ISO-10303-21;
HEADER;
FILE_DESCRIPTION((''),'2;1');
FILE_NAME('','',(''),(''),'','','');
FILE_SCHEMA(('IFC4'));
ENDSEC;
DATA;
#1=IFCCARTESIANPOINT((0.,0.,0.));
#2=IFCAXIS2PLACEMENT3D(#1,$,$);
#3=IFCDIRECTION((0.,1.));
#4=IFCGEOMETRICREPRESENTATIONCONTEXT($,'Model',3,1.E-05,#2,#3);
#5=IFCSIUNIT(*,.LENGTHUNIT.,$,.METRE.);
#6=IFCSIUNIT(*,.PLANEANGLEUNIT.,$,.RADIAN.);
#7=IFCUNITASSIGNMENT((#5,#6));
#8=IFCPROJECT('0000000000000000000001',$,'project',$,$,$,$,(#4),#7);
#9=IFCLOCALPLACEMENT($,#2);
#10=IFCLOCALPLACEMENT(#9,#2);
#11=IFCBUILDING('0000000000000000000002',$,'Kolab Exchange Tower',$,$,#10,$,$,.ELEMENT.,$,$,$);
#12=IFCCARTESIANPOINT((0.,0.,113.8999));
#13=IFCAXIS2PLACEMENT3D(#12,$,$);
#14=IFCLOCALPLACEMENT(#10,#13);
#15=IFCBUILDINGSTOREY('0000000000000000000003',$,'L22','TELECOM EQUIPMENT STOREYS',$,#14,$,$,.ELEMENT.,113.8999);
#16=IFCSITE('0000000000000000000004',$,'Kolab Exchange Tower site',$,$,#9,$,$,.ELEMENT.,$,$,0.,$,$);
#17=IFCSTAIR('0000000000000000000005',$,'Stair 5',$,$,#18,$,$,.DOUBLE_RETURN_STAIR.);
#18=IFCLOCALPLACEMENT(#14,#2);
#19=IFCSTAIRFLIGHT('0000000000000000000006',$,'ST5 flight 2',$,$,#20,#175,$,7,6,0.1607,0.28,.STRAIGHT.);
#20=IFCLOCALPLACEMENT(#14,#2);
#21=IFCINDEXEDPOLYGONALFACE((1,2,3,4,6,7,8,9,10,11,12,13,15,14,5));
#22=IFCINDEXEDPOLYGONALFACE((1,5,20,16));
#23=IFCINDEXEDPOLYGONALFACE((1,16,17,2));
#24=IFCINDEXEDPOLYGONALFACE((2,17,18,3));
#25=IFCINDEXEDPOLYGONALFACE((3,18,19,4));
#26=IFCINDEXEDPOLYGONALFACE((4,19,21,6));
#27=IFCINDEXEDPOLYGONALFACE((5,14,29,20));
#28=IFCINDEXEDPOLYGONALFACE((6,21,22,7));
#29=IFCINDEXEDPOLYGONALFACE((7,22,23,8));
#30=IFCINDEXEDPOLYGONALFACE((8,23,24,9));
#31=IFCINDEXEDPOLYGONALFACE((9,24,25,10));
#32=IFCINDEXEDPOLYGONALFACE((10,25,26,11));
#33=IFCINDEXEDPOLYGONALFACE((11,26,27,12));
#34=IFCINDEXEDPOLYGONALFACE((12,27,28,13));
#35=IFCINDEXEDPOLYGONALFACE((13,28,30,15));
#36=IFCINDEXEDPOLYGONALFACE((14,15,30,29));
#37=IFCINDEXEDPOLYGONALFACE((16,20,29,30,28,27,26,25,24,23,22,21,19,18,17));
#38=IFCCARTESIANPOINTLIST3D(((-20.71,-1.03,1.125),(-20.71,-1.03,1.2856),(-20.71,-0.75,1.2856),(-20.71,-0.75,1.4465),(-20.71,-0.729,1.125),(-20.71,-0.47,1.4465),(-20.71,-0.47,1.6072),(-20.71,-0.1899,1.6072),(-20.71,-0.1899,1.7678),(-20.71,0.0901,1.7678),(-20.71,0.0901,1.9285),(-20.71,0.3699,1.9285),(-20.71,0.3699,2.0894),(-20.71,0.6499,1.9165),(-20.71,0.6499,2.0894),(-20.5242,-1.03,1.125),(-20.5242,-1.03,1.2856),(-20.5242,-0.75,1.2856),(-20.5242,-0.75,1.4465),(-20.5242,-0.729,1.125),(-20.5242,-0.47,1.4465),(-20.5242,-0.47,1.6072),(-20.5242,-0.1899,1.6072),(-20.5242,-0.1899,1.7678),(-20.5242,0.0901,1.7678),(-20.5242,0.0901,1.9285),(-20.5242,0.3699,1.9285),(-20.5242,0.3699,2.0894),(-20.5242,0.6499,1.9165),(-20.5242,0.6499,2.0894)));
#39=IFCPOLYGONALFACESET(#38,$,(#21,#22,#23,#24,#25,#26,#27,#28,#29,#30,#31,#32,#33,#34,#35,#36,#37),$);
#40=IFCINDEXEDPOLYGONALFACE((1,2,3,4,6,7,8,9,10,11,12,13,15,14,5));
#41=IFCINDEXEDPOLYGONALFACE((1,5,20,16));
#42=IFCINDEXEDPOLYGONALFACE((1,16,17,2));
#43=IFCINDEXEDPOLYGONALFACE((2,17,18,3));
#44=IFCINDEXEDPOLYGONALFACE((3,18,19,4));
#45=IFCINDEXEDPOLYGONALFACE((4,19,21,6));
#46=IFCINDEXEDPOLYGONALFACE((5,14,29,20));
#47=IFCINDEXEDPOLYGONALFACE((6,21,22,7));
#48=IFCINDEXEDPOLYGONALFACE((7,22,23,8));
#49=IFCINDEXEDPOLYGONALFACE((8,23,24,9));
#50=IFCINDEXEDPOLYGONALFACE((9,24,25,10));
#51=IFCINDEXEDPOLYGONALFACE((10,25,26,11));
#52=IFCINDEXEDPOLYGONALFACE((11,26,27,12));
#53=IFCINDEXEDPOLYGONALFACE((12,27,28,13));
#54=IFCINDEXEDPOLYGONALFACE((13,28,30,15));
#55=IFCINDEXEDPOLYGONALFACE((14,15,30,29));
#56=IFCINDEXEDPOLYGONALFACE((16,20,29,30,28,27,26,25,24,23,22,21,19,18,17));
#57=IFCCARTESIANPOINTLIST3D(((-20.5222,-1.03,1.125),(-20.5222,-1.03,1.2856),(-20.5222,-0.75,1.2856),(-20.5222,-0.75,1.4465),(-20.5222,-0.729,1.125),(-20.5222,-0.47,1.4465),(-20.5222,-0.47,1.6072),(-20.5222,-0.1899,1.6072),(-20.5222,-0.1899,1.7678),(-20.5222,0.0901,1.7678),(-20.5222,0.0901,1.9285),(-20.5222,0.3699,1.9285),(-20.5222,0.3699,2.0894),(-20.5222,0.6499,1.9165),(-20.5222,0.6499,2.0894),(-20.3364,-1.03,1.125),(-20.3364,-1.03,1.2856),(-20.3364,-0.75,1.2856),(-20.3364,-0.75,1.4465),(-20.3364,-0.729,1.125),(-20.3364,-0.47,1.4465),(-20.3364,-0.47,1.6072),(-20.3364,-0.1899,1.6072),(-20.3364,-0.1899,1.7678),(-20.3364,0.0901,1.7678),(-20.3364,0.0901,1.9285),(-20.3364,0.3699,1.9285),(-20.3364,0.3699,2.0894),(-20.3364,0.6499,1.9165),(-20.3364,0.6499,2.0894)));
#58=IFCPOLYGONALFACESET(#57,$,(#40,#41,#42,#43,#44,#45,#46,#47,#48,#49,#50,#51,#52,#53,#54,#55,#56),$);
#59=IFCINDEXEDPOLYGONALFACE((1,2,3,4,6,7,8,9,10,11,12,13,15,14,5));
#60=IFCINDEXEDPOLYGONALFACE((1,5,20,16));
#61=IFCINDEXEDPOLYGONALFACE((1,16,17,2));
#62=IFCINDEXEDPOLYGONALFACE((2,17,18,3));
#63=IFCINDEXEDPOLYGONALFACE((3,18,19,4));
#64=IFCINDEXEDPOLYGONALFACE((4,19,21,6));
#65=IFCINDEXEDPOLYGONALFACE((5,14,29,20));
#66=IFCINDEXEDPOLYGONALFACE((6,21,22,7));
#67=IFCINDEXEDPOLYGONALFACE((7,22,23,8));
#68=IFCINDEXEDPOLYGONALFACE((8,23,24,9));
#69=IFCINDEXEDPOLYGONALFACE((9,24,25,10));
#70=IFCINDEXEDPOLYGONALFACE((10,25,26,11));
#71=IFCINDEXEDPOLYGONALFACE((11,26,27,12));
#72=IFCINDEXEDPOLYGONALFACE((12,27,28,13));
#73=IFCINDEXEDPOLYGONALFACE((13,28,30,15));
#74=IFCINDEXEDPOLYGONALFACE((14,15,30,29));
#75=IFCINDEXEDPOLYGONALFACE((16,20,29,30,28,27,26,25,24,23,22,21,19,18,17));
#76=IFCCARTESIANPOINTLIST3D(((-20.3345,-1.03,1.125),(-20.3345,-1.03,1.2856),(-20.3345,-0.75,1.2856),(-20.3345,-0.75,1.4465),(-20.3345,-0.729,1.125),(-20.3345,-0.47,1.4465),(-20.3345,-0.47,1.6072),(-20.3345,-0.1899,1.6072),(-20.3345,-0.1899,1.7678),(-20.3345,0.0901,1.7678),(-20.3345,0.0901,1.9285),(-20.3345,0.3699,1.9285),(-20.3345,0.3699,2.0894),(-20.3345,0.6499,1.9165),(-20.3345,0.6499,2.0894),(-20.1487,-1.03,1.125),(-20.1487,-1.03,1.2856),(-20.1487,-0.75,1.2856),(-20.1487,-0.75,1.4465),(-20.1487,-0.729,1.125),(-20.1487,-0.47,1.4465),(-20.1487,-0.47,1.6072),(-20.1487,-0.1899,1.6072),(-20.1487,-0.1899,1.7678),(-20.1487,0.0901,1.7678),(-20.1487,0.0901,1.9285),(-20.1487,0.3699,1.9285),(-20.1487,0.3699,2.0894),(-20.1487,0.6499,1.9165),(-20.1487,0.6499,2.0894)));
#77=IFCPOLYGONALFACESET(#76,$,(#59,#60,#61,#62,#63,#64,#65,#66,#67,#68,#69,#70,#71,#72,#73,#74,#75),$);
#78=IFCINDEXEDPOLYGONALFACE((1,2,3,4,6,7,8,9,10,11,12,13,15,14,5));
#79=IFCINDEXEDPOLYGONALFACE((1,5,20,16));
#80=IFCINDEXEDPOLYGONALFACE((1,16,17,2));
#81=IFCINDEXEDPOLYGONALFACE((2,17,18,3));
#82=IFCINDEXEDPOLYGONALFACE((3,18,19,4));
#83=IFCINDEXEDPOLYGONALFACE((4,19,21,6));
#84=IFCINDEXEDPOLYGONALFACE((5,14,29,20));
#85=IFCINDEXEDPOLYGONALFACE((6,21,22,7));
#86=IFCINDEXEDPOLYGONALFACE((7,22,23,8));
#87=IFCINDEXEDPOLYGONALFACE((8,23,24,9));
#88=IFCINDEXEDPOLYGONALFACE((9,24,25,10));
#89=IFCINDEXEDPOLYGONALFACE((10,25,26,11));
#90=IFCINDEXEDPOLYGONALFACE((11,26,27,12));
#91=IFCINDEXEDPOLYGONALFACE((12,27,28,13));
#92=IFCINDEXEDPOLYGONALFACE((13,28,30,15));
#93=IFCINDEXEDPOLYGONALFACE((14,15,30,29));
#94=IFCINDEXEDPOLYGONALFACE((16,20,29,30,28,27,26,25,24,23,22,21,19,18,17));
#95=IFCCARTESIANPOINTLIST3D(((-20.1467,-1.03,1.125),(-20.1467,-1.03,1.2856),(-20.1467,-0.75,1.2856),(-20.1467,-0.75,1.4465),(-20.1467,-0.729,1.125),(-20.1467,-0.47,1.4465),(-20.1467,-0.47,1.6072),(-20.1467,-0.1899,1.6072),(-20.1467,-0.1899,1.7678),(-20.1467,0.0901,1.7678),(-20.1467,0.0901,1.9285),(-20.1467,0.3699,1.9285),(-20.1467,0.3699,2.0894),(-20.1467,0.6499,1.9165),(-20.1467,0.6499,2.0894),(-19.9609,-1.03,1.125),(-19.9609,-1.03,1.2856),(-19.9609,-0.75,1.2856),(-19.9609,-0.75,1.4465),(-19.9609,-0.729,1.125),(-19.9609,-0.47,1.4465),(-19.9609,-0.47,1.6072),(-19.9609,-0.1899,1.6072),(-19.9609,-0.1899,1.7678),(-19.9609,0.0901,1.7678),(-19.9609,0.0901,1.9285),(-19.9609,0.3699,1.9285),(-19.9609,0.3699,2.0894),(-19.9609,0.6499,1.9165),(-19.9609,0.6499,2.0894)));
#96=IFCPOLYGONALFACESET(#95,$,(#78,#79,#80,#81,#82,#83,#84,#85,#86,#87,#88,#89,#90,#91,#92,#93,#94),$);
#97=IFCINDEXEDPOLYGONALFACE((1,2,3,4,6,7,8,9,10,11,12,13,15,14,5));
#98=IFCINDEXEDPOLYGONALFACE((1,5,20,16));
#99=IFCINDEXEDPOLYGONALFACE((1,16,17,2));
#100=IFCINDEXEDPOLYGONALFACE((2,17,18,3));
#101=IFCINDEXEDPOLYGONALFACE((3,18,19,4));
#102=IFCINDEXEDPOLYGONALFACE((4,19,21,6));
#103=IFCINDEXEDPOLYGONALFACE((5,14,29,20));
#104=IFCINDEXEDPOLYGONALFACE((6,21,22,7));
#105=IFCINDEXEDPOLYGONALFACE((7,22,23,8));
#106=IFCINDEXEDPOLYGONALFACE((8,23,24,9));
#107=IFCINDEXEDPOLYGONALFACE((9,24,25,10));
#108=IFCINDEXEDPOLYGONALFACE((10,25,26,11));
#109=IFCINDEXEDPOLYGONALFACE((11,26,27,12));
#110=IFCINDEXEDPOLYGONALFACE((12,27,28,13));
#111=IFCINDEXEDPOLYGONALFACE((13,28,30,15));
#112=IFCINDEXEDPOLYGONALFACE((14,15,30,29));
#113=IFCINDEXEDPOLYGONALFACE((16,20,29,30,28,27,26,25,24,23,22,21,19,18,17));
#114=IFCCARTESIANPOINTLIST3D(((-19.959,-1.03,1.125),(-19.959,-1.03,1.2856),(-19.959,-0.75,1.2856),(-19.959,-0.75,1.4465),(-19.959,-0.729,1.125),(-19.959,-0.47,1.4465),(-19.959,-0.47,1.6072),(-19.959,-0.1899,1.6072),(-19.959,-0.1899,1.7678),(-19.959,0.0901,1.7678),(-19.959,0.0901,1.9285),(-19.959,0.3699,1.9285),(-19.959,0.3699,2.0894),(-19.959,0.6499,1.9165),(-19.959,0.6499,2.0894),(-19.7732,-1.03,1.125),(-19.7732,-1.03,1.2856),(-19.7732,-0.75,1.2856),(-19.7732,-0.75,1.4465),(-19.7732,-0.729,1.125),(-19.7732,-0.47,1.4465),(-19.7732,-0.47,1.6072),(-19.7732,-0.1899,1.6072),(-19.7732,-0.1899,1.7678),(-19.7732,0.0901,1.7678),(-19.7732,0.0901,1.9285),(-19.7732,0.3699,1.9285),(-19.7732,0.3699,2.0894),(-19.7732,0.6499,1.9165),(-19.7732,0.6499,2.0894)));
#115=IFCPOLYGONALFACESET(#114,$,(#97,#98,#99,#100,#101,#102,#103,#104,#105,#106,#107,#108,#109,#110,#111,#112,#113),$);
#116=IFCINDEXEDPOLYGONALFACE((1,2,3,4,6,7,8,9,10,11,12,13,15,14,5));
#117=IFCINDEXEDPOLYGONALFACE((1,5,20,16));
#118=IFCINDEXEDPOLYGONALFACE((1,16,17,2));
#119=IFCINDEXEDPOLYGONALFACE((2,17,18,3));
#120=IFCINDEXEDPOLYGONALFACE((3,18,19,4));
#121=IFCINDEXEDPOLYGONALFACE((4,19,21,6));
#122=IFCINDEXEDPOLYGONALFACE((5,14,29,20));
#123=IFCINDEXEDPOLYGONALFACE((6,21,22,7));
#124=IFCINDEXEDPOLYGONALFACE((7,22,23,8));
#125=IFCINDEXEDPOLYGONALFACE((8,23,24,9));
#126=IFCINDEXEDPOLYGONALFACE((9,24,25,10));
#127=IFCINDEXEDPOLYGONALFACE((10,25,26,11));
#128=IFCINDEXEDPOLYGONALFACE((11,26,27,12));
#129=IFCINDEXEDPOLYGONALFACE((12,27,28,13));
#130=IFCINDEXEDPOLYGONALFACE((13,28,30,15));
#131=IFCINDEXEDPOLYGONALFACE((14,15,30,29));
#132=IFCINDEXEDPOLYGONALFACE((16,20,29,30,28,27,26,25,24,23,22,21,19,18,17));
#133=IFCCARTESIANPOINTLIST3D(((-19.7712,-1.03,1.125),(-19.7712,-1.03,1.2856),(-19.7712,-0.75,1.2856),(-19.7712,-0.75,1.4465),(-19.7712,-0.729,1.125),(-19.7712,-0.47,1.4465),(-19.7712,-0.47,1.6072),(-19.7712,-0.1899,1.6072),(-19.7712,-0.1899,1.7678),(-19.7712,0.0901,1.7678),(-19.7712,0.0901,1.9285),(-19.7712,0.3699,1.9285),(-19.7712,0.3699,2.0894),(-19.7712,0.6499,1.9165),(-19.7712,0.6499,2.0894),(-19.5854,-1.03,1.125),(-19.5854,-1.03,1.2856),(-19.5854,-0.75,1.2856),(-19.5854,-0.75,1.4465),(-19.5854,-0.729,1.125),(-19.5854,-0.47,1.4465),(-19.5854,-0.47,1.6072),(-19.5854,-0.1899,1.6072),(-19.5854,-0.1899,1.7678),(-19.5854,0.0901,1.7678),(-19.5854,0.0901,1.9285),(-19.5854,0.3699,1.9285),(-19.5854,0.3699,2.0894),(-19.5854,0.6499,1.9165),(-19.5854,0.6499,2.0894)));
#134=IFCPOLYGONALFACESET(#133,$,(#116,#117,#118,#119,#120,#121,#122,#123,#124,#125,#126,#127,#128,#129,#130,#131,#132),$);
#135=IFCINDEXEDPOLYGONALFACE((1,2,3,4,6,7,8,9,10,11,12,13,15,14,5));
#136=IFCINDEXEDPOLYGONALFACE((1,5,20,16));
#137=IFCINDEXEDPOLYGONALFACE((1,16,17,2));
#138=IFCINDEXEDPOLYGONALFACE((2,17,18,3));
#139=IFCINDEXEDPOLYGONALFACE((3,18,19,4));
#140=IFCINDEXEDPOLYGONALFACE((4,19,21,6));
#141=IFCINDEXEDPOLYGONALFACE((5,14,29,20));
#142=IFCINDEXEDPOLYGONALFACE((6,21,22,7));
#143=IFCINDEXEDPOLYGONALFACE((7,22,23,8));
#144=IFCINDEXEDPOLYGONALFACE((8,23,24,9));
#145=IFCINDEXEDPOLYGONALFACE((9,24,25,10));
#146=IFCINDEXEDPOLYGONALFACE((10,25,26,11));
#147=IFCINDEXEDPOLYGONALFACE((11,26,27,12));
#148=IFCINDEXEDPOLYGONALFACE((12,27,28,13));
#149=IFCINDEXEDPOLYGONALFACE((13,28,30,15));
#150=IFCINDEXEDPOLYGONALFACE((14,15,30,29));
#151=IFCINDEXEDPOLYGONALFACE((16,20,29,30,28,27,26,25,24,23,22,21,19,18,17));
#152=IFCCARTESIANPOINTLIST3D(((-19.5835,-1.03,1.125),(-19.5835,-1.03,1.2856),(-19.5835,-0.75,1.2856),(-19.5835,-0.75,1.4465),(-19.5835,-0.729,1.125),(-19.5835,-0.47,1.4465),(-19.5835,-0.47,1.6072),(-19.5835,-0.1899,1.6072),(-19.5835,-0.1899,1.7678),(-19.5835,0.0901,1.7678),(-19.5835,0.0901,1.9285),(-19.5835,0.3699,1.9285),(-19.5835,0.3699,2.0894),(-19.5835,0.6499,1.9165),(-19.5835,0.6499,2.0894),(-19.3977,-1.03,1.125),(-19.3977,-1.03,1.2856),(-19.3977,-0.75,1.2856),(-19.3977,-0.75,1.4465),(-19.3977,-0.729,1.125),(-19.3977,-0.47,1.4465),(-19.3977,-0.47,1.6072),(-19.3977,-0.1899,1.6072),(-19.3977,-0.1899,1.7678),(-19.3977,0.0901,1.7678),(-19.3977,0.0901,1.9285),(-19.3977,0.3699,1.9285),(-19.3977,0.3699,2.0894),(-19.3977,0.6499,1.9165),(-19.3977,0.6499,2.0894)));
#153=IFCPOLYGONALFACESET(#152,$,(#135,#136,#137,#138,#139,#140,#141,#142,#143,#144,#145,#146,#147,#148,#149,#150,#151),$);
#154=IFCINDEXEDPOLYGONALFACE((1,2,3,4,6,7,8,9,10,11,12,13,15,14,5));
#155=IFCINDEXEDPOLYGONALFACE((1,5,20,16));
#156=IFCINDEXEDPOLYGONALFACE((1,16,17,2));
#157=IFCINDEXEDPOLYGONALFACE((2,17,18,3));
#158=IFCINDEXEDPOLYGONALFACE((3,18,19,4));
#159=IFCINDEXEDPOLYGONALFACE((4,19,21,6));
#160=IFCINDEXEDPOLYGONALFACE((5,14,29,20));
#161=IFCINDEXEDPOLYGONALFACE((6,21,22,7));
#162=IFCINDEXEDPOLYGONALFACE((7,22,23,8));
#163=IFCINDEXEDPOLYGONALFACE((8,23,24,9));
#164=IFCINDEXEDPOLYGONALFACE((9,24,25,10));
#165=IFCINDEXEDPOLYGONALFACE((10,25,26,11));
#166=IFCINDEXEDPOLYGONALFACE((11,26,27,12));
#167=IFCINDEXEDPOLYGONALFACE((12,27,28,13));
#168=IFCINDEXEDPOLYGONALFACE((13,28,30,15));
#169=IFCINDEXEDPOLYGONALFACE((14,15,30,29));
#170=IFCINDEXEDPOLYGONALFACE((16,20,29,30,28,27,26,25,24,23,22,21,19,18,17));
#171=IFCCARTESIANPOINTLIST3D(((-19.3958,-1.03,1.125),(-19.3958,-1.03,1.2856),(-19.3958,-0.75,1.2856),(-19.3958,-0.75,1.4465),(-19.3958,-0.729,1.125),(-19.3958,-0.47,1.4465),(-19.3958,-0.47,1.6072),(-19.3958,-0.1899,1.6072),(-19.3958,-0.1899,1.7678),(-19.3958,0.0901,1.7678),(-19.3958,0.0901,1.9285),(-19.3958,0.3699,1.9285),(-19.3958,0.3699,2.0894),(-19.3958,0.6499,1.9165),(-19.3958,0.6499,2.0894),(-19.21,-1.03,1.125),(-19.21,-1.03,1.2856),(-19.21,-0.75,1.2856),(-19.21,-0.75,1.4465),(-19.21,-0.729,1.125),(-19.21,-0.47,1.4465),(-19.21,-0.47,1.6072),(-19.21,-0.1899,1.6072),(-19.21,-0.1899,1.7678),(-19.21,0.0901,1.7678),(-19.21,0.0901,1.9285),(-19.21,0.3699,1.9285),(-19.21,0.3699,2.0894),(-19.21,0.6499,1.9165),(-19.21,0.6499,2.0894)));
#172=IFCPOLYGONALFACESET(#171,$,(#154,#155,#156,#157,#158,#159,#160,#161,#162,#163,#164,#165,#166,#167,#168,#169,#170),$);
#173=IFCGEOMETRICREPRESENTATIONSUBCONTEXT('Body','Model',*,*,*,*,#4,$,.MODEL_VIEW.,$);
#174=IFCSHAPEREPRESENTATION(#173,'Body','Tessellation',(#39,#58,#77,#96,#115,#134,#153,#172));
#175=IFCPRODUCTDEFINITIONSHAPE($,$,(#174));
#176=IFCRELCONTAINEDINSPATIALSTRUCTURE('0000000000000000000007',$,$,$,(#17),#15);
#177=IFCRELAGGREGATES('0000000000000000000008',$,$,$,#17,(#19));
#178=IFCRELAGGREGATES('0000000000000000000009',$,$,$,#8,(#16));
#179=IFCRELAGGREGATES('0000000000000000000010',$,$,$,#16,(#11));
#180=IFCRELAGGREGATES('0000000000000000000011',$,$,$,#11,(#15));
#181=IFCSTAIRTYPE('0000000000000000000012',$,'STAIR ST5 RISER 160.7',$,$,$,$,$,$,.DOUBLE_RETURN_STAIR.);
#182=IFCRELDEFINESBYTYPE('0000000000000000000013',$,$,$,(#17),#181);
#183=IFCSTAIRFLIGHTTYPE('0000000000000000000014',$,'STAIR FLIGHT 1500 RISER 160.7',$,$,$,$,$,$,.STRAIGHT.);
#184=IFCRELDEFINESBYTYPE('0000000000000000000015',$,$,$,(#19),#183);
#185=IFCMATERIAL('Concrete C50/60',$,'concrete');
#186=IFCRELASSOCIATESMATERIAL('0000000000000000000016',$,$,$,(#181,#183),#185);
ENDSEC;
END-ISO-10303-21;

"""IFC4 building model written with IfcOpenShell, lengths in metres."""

from ifc_helpers import new_model, si_unit, direction, frame, origin, place, context, subcontext, project, spatial, polyline, outline, extrude, material, type_object, element, aggregate, save


model = new_model("IFC4")

# Units and contexts
model_context = context("Model", 3, precision=1e-05, world=origin(), true_north=direction((0.0, 1.0)))
body_context = subcontext(model_context, "Body", "Model", "MODEL_VIEW")
ifc_project = project(units=[si_unit("LENGTHUNIT", "METRE"), si_unit("PLANEANGLEUNIT", "RADIAN")], contexts=[model_context])

# Site, building, storey
site_placement = place(None, origin())
site = spatial("IfcSite", under=ifc_project, at=site_placement, Name="Kolab Exchange Tower site", CompositionType="ELEMENT", RefElevation=0.0)
building_placement = place(site_placement, origin())
building = spatial("IfcBuilding", under=site, at=building_placement, Name="Kolab Exchange Tower", CompositionType="ELEMENT")
storey_placement = place(building_placement, frame((0.0, 0.0, 113.8999)))
storey = spatial("IfcBuildingStorey", under=building, at=storey_placement, Name="L22", Description="TELECOM EQUIPMENT STOREYS", CompositionType="ELEMENT", Elevation=113.8999)

# Shared definitions
ifc_material_1 = material(Name="Concrete C50/60", Category="concrete")

# Stair, stair flight
stair_type = type_object("IfcStairType", Name="STAIR ST5 RISER 160.7", PredefinedType="DOUBLE_RETURN_STAIR", material=ifc_material_1)
stair_placement = place(storey_placement, origin())
stair = element("IfcStair", 1, at=stair_placement, inside=storey, type_object=stair_type, Name="Stair 5", PredefinedType="DOUBLE_RETURN_STAIR")
stair_flight_type = type_object("IfcStairFlightType", Name="STAIR FLIGHT 1500 RISER 160.7", PredefinedType="STRAIGHT", material=ifc_material_1)
stair_flight_1_placement = place(storey_placement, frame((-19.96, -1.03, 1.125), z_axis=(0.0, 0.0, 1.0), x_axis=(0.0, 1.0, 0.0)))
stair_flight_1 = element("IfcStairFlight", 2, at=stair_flight_1_placement, type_object=stair_flight_type, Name="ST5 flight 2", NumberOfRisers=7, NumberOfTreads=6, PredefinedType="STRAIGHT", RiserHeight=0.1607, TreadLength=0.28, context=body_context, shape_type="SweptSolid", body=[
    extrude(outline(polyline([(0.0, 0.0), (0.0, 0.1606), (0.28, 0.1606), (0.28, 0.3215), (0.5601, 0.3215), (0.5601, 0.4822), (0.8401, 0.4822), (0.8401, 0.6428), (1.1201, 0.6428), (1.1201, 0.8035), (1.3999, 0.8035), (1.3999, 0.9644), (1.6799, 0.9644), (1.6799, 1.125), (1.6799, 0.7915), (0.301, 0.0), (0.0, 0.0)])), frame((0.0, 0.75, 0.0), z_axis=(0.0, -1.0, 0.0), x_axis=(1.0, 0.0, 0.0)), (0.0, 0.0, 1.0), 0.1858),
    extrude(outline(polyline([(0.0, 0.0), (0.0, 0.1606), (0.28, 0.1606), (0.28, 0.3215), (0.5601, 0.3215), (0.5601, 0.4822), (0.8401, 0.4822), (0.8401, 0.6428), (1.1201, 0.6428), (1.1201, 0.8035), (1.3999, 0.8035), (1.3999, 0.9644), (1.6799, 0.9644), (1.6799, 1.125), (1.6799, 0.7915), (0.301, 0.0), (0.0, 0.0)])), frame((0.0, 0.5623, 0.0), z_axis=(0.0, -1.0, 0.0), x_axis=(1.0, 0.0, 0.0)), (0.0, 0.0, 1.0), 0.1858),
    extrude(outline(polyline([(0.0, 0.0), (0.0, 0.1606), (0.28, 0.1606), (0.28, 0.3215), (0.5601, 0.3215), (0.5601, 0.4822), (0.8401, 0.4822), (0.8401, 0.6428), (1.1201, 0.6428), (1.1201, 0.8035), (1.3999, 0.8035), (1.3999, 0.9644), (1.6799, 0.9644), (1.6799, 1.125), (1.6799, 0.7915), (0.301, 0.0), (0.0, 0.0)])), frame((0.0, 0.3745, 0.0), z_axis=(0.0, -1.0, 0.0), x_axis=(1.0, 0.0, 0.0)), (0.0, 0.0, 1.0), 0.1858),
    extrude(outline(polyline([(0.0, 0.0), (0.0, 0.1606), (0.28, 0.1606), (0.28, 0.3215), (0.5601, 0.3215), (0.5601, 0.4822), (0.8401, 0.4822), (0.8401, 0.6428), (1.1201, 0.6428), (1.1201, 0.8035), (1.3999, 0.8035), (1.3999, 0.9644), (1.6799, 0.9644), (1.6799, 1.125), (1.6799, 0.7915), (0.301, 0.0), (0.0, 0.0)])), frame((0.0, 0.1868, 0.0), z_axis=(0.0, -1.0, 0.0), x_axis=(1.0, 0.0, 0.0)), (0.0, 0.0, 1.0), 0.1858),
    extrude(outline(polyline([(0.0, 0.0), (0.0, 0.1606), (0.28, 0.1606), (0.28, 0.3215), (0.5601, 0.3215), (0.5601, 0.4822), (0.8401, 0.4822), (0.8401, 0.6428), (1.1201, 0.6428), (1.1201, 0.8035), (1.3999, 0.8035), (1.3999, 0.9644), (1.6799, 0.9644), (1.6799, 1.125), (1.6799, 0.7915), (0.301, 0.0), (0.0, 0.0)])), frame((0.0, -0.001, 0.0), z_axis=(0.0, -1.0, 0.0), x_axis=(1.0, 0.0, 0.0)), (0.0, 0.0, 1.0), 0.1858),
    extrude(outline(polyline([(0.0, 0.0), (0.0, 0.1606), (0.28, 0.1606), (0.28, 0.3215), (0.5601, 0.3215), (0.5601, 0.4822), (0.8401, 0.4822), (0.8401, 0.6428), (1.1201, 0.6428), (1.1201, 0.8035), (1.3999, 0.8035), (1.3999, 0.9644), (1.6799, 0.9644), (1.6799, 1.125), (1.6799, 0.7915), (0.301, 0.0), (0.0, 0.0)])), frame((0.0, -0.1887, 0.0), z_axis=(0.0, -1.0, 0.0), x_axis=(1.0, 0.0, 0.0)), (0.0, 0.0, 1.0), 0.1858),
    extrude(outline(polyline([(0.0, 0.0), (0.0, 0.1606), (0.28, 0.1606), (0.28, 0.3215), (0.5601, 0.3215), (0.5601, 0.4822), (0.8401, 0.4822), (0.8401, 0.6428), (1.1201, 0.6428), (1.1201, 0.8035), (1.3999, 0.8035), (1.3999, 0.9644), (1.6799, 0.9644), (1.6799, 1.125), (1.6799, 0.7915), (0.301, 0.0), (0.0, 0.0)])), frame((0.0, -0.3765, 0.0), z_axis=(0.0, -1.0, 0.0), x_axis=(1.0, 0.0, 0.0)), (0.0, 0.0, 1.0), 0.1858),
    extrude(outline(polyline([(0.0, 0.0), (0.0, 0.1606), (0.28, 0.1606), (0.28, 0.3215), (0.5601, 0.3215), (0.5601, 0.4822), (0.8401, 0.4822), (0.8401, 0.6428), (1.1201, 0.6428), (1.1201, 0.8035), (1.3999, 0.8035), (1.3999, 0.9644), (1.6799, 0.9644), (1.6799, 1.125), (1.6799, 0.7915), (0.301, 0.0), (0.0, 0.0)])), frame((0.0, -0.5642, 0.0), z_axis=(0.0, -1.0, 0.0), x_axis=(1.0, 0.0, 0.0)), (0.0, 0.0, 1.0), 0.1858),
])
aggregate(stair, [stair_flight_1])

save(model, "model.ifc")
